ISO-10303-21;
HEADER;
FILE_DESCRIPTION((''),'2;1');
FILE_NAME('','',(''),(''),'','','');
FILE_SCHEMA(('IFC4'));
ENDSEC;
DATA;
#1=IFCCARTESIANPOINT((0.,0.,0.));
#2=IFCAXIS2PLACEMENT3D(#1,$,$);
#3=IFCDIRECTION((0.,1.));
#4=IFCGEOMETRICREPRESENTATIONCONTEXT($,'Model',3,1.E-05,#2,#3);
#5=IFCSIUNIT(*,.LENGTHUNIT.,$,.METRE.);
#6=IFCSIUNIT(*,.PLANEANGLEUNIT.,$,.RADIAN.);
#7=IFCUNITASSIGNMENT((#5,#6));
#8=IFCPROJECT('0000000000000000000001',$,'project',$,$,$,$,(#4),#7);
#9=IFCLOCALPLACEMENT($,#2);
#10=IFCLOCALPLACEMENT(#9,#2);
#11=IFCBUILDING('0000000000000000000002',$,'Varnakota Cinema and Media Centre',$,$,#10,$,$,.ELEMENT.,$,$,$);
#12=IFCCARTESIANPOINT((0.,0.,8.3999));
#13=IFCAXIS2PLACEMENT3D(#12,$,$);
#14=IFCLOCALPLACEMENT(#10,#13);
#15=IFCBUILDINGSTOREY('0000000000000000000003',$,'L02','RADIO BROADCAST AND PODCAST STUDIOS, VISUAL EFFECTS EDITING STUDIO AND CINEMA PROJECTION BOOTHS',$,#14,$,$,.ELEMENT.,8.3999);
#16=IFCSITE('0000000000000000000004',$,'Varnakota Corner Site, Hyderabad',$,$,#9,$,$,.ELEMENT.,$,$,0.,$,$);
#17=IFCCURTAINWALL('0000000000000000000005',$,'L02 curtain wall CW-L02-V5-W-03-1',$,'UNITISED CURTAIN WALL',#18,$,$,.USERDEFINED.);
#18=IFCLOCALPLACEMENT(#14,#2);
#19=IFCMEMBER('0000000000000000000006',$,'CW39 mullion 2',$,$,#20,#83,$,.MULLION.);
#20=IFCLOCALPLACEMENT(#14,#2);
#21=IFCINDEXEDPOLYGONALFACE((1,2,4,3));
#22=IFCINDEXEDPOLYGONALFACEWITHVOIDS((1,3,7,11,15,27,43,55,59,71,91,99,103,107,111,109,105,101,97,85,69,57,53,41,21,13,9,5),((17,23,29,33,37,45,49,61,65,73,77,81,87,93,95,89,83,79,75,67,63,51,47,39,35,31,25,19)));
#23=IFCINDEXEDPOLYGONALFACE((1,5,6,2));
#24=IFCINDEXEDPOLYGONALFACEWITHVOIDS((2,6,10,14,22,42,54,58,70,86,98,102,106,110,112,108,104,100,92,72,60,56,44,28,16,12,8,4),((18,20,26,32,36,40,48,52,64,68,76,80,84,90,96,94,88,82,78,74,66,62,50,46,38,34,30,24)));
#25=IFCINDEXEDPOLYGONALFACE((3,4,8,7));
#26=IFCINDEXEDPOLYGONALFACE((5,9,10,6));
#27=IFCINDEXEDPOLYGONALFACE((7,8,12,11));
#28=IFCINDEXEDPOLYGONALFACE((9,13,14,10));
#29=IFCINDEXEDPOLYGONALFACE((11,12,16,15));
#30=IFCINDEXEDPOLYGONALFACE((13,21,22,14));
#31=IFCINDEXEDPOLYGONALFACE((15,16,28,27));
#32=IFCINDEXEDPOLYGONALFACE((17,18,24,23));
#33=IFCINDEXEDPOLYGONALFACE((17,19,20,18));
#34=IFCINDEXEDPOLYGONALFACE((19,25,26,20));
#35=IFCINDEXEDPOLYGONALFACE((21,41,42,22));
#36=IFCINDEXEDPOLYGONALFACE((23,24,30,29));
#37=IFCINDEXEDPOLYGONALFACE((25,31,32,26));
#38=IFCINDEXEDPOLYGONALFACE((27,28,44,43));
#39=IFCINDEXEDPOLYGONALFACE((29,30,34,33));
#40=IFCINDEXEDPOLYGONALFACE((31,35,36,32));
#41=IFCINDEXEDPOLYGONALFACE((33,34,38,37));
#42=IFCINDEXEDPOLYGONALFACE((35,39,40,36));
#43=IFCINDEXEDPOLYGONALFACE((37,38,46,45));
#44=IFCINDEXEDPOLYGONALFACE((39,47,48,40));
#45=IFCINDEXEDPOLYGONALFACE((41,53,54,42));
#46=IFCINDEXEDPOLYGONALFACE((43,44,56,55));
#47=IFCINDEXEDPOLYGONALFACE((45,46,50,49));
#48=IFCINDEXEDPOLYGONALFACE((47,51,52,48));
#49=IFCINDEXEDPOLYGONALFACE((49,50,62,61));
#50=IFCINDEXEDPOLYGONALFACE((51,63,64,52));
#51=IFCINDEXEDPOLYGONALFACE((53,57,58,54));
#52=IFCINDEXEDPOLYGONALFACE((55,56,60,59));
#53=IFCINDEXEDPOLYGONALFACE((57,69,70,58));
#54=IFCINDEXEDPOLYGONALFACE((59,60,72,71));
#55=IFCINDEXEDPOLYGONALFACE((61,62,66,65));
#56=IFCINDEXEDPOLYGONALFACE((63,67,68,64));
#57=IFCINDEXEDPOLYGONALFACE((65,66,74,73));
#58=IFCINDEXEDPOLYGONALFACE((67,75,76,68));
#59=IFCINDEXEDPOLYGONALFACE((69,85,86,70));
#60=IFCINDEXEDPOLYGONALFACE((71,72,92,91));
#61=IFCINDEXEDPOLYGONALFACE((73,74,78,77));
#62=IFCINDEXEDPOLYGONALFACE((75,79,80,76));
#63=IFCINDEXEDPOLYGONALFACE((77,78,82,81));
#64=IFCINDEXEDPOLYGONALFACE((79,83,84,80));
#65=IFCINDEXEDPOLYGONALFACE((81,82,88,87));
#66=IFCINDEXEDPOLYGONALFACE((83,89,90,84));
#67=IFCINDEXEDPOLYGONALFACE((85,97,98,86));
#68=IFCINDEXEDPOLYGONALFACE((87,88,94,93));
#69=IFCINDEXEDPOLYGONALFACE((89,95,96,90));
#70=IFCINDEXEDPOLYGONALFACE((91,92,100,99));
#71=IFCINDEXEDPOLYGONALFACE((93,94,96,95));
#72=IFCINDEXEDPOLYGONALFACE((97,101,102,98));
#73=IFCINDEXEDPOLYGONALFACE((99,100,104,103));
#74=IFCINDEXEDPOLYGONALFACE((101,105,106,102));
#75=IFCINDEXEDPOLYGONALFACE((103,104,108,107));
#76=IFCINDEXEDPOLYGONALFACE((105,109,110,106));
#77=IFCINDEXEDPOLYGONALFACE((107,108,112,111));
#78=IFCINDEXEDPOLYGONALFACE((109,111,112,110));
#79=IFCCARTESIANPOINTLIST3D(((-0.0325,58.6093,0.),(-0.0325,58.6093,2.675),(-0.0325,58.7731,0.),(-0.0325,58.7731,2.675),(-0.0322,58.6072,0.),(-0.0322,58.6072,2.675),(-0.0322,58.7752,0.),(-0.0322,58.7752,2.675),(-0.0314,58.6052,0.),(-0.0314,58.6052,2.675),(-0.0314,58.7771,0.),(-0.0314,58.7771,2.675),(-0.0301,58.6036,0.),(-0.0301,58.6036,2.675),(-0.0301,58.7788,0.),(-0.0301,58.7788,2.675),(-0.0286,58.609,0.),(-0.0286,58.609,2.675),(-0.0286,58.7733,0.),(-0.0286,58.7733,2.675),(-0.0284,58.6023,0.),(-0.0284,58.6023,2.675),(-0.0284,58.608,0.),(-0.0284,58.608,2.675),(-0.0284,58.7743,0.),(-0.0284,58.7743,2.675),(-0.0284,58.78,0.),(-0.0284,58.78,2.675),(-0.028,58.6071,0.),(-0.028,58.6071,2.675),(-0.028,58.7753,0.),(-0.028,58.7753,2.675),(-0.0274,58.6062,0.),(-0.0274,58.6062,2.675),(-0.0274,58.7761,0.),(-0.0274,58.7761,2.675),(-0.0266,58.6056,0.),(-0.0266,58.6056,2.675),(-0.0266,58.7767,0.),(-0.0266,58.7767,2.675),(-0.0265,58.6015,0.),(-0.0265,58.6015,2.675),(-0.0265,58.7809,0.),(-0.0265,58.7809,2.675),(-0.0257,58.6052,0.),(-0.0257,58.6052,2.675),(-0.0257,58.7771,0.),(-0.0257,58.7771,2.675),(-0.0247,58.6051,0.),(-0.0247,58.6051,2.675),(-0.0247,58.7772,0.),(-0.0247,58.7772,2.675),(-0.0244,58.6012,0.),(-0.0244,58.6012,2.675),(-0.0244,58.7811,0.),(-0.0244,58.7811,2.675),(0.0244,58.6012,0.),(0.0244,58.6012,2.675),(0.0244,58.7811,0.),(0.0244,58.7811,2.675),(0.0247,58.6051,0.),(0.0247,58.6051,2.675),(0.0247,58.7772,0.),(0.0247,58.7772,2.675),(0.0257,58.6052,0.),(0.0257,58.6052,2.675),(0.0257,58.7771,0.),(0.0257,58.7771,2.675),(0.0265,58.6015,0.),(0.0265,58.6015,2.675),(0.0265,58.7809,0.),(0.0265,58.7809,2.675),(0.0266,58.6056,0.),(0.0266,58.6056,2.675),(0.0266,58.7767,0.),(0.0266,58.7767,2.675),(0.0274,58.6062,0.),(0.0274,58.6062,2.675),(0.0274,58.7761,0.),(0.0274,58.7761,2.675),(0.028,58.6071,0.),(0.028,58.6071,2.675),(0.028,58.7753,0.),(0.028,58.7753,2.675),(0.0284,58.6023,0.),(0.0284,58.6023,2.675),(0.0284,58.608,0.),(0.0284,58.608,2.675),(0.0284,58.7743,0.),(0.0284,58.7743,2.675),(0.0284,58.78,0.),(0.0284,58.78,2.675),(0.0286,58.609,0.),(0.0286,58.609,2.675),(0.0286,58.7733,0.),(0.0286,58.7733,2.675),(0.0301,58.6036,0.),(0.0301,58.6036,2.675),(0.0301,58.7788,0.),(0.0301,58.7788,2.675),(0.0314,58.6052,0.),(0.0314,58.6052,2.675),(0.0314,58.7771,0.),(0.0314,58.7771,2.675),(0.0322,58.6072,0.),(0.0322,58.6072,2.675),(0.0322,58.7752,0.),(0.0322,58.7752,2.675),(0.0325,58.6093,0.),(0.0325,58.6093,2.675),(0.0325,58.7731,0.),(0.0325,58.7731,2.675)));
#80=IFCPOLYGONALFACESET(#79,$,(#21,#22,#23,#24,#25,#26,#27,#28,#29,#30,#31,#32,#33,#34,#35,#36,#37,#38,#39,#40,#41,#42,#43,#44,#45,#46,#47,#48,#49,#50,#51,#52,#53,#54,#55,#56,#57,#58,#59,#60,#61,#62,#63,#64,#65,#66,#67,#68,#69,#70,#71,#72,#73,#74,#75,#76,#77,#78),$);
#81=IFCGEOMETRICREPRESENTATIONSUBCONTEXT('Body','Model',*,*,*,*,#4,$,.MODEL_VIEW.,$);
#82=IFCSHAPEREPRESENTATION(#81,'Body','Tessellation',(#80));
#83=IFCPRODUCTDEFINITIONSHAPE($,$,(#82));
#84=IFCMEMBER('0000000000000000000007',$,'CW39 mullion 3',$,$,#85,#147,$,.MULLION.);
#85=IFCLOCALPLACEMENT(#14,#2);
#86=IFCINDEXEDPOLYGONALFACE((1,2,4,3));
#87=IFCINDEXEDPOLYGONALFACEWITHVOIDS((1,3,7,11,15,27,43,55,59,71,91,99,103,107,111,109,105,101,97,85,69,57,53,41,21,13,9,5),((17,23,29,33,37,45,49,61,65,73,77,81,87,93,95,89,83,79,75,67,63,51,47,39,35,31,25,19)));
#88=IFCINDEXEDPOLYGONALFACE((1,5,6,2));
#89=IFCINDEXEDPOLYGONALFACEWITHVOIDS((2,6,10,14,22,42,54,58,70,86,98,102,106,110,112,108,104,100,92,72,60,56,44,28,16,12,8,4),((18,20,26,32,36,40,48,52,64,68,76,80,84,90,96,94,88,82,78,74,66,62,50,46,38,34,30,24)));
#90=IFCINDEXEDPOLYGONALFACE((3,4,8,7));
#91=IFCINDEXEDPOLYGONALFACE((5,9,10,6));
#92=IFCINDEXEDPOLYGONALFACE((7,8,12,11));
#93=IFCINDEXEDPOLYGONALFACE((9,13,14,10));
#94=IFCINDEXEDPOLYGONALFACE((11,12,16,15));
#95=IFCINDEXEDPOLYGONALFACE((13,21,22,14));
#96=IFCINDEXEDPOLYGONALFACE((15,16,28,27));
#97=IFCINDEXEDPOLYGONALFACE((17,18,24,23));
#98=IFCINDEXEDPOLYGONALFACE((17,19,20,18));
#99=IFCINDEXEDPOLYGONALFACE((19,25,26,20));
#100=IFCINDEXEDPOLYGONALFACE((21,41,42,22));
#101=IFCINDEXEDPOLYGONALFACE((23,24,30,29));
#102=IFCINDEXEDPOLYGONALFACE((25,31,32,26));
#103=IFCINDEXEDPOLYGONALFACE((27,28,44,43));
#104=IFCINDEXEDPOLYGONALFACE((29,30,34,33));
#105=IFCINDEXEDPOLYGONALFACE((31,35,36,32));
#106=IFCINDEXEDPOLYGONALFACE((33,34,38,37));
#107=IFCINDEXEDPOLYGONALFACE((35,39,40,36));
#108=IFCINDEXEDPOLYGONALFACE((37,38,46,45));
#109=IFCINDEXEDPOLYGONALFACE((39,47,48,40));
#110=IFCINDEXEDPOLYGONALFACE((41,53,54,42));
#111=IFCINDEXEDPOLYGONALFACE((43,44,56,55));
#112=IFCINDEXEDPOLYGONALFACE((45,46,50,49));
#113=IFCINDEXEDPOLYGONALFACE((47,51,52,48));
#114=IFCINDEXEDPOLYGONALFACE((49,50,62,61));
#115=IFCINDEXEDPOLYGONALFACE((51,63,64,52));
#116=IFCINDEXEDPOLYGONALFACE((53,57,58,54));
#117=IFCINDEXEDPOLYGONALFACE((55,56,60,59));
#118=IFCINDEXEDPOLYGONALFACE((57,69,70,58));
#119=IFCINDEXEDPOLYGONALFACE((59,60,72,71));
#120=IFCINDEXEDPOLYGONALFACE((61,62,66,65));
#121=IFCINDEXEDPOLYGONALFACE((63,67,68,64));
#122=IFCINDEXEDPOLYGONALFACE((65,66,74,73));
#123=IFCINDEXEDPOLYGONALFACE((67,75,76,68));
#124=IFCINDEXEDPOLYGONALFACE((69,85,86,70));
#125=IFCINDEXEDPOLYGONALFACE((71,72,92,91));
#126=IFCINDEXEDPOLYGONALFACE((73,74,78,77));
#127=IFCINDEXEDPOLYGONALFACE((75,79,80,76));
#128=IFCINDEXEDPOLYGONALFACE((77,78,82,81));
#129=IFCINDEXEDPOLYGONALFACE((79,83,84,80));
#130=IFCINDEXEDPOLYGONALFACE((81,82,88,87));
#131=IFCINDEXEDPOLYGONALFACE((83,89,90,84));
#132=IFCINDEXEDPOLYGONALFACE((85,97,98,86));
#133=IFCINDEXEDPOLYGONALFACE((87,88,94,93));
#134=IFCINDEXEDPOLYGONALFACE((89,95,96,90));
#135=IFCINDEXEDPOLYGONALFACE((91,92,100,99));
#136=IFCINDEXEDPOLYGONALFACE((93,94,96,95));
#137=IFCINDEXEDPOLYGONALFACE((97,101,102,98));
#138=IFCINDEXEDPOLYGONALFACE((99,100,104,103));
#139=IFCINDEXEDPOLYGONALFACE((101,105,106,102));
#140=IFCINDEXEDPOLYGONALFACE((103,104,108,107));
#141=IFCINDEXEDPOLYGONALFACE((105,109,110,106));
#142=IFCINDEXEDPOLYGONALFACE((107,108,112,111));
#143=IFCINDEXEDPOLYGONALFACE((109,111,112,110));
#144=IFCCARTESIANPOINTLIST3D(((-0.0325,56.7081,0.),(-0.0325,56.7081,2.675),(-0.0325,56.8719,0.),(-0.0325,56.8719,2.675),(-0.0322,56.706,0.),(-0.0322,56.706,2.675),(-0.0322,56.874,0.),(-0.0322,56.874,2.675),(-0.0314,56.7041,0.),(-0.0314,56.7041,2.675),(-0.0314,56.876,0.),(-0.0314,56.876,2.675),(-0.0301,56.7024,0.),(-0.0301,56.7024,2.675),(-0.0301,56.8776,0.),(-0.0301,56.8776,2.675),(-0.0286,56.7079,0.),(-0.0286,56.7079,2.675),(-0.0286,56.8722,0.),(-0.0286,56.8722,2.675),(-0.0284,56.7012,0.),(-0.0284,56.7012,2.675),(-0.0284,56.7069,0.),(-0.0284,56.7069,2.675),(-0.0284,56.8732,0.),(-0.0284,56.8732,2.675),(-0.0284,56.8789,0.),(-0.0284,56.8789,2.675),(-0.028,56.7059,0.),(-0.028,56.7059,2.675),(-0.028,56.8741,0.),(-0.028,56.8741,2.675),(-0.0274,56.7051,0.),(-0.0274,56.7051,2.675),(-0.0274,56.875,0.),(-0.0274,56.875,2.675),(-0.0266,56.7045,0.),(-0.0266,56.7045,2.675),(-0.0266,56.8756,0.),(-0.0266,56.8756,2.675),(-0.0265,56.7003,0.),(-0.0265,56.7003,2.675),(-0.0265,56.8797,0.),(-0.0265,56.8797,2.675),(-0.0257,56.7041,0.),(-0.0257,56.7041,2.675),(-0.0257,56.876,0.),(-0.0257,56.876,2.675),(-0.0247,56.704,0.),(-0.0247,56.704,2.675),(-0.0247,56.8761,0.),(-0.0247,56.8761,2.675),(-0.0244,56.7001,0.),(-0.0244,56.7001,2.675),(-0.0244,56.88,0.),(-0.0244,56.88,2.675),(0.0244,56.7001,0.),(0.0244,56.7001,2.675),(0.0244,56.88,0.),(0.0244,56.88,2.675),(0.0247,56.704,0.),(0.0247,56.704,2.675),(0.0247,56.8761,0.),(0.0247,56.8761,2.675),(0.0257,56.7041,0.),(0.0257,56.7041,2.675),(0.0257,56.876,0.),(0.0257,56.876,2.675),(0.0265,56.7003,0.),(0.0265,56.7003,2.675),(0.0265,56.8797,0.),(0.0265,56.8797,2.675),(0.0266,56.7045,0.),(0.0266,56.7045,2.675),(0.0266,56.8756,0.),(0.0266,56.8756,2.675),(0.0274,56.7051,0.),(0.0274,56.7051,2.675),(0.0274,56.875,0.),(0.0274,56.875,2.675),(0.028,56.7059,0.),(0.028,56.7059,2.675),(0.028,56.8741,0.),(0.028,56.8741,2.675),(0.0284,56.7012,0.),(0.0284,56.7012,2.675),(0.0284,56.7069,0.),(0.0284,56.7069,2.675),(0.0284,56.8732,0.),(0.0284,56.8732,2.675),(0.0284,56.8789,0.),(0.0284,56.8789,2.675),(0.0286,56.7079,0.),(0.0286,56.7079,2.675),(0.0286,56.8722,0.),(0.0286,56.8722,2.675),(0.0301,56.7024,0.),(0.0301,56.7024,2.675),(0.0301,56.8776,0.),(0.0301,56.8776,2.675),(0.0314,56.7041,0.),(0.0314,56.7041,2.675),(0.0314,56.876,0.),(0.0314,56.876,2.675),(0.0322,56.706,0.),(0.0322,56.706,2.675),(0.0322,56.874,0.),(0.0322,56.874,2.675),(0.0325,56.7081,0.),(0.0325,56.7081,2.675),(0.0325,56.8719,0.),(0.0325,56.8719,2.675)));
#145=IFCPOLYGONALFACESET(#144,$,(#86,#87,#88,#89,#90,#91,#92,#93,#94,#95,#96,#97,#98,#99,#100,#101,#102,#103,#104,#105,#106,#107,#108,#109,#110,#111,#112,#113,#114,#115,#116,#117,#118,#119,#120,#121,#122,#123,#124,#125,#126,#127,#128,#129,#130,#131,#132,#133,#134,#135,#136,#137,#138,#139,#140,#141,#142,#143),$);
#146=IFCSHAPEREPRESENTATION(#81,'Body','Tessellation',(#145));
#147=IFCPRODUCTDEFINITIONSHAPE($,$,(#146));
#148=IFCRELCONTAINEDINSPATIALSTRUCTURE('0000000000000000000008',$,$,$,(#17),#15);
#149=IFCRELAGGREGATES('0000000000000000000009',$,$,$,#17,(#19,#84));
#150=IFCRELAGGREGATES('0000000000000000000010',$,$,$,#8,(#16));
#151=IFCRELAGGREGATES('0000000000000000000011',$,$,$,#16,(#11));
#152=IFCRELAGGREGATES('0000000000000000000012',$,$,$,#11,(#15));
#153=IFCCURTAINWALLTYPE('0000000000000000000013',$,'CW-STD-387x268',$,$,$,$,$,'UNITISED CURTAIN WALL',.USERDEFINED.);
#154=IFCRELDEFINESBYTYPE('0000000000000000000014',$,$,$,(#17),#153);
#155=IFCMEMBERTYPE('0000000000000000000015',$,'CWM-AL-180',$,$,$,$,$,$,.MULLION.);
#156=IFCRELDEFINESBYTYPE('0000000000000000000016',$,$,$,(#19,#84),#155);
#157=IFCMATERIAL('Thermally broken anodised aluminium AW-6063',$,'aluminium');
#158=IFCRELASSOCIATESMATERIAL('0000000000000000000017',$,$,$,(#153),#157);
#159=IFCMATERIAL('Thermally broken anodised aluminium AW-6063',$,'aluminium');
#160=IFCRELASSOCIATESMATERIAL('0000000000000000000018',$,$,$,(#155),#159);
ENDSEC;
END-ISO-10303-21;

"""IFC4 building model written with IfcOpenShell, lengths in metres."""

from ifc_helpers import new_model, si_unit, direction, frame, origin, origin_2d, place, context, subcontext, project, spatial, hollow_rectangle, extrude, material, material_profile, profile_set, type_object, element, aggregate, save


model = new_model("IFC4")

# Units and contexts
model_context = context("Model", 3, precision=1e-05, world=origin(), true_north=direction((0.0, 1.0)))
body_context = subcontext(model_context, "Body", "Model", "MODEL_VIEW")
ifc_project = project(units=[si_unit("LENGTHUNIT", "METRE"), si_unit("PLANEANGLEUNIT", "RADIAN")], contexts=[model_context])

# Site, building, storey
site_placement = place(None, origin())
site = spatial("IfcSite", under=ifc_project, at=site_placement, Name="Varnakota Corner Site, Hyderabad", CompositionType="ELEMENT", RefElevation=0.0)
building_placement = place(site_placement, origin())
building = spatial("IfcBuilding", under=site, at=building_placement, Name="Varnakota Cinema and Media Centre", CompositionType="ELEMENT")
storey_placement = place(building_placement, frame((0.0, 0.0, 8.3999)))
storey = spatial("IfcBuildingStorey", under=building, at=storey_placement, Name="L02", Description="RADIO BROADCAST AND PODCAST STUDIOS, VISUAL EFFECTS EDITING STUDIO AND CINEMA PROJECTION BOOTHS", CompositionType="ELEMENT", Elevation=8.3999)

# Shared definitions
ifc_material_1 = material(Name="Thermally broken anodised aluminium AW-6063", Category="aluminium")
curtain_wall_type = type_object("IfcCurtainWallType", Name="CW-STD-387x268", ElementType="UNITISED CURTAIN WALL", PredefinedType="USERDEFINED", material=ifc_material_1)
ifc_material_2 = material(Name="Thermally broken anodised aluminium AW-6063", Category="aluminium")
ifc_material_profile_1 = material_profile(ifc_material_2, hollow_rectangle(XDim=0.0649, YDim=0.1799, WallThickness=0.0039, InnerFilletRadius=0.0039, OuterFilletRadius=0.0081, at=origin_2d()), Name="AL-MULLION 180x65x4")
ifc_profile_set_1 = profile_set([ifc_material_profile_1], Name="Thermally broken anodised aluminium AW-6063")
member_type_1 = type_object("IfcMemberType", Name="CWM-AL-180", PredefinedType="MULLION", material=ifc_profile_set_1)

# Curtain wall, members
curtain_wall_1_placement = place(storey_placement, origin())
curtain_wall_1 = element("IfcCurtainWall", 1, at=curtain_wall_1_placement, inside=storey, type_object=curtain_wall_type, Name="L02 curtain wall CW-L02-V5-W-03-1", ObjectType="UNITISED CURTAIN WALL", PredefinedType="USERDEFINED")
member_1_placement = place(storey_placement, frame((0.0, 58.6912, 0.0), z_axis=(0.0, 0.0, 1.0), x_axis=(1.0, 0.0, 0.0)))
member_1 = element("IfcMember", 2, at=member_1_placement, type_object=member_type_1, Name="CW39 mullion 2", PredefinedType="MULLION", context=body_context, shape_type="SweptSolid", body=[
    extrude(hollow_rectangle(XDim=0.0649, YDim=0.1799, WallThickness=0.0039, InnerFilletRadius=0.0039, OuterFilletRadius=0.0081, at=origin_2d()), origin(), (0.0, 0.0, 1.0), 2.675),
])
member_2_placement = place(storey_placement, frame((0.0, 56.79, 0.0), z_axis=(0.0, 0.0, 1.0), x_axis=(1.0, 0.0, 0.0)))
member_2 = element("IfcMember", 3, at=member_2_placement, type_object=member_type_1, Name="CW39 mullion 3", PredefinedType="MULLION", context=body_context, shape_type="SweptSolid", body=[
    extrude(hollow_rectangle(XDim=0.0649, YDim=0.1799, WallThickness=0.0039, InnerFilletRadius=0.0039, OuterFilletRadius=0.0081, at=origin_2d()), origin(), (0.0, 0.0, 1.0), 2.675),
])

aggregate(curtain_wall_1, [member_1, member_2])

save(model, "model.ifc")
